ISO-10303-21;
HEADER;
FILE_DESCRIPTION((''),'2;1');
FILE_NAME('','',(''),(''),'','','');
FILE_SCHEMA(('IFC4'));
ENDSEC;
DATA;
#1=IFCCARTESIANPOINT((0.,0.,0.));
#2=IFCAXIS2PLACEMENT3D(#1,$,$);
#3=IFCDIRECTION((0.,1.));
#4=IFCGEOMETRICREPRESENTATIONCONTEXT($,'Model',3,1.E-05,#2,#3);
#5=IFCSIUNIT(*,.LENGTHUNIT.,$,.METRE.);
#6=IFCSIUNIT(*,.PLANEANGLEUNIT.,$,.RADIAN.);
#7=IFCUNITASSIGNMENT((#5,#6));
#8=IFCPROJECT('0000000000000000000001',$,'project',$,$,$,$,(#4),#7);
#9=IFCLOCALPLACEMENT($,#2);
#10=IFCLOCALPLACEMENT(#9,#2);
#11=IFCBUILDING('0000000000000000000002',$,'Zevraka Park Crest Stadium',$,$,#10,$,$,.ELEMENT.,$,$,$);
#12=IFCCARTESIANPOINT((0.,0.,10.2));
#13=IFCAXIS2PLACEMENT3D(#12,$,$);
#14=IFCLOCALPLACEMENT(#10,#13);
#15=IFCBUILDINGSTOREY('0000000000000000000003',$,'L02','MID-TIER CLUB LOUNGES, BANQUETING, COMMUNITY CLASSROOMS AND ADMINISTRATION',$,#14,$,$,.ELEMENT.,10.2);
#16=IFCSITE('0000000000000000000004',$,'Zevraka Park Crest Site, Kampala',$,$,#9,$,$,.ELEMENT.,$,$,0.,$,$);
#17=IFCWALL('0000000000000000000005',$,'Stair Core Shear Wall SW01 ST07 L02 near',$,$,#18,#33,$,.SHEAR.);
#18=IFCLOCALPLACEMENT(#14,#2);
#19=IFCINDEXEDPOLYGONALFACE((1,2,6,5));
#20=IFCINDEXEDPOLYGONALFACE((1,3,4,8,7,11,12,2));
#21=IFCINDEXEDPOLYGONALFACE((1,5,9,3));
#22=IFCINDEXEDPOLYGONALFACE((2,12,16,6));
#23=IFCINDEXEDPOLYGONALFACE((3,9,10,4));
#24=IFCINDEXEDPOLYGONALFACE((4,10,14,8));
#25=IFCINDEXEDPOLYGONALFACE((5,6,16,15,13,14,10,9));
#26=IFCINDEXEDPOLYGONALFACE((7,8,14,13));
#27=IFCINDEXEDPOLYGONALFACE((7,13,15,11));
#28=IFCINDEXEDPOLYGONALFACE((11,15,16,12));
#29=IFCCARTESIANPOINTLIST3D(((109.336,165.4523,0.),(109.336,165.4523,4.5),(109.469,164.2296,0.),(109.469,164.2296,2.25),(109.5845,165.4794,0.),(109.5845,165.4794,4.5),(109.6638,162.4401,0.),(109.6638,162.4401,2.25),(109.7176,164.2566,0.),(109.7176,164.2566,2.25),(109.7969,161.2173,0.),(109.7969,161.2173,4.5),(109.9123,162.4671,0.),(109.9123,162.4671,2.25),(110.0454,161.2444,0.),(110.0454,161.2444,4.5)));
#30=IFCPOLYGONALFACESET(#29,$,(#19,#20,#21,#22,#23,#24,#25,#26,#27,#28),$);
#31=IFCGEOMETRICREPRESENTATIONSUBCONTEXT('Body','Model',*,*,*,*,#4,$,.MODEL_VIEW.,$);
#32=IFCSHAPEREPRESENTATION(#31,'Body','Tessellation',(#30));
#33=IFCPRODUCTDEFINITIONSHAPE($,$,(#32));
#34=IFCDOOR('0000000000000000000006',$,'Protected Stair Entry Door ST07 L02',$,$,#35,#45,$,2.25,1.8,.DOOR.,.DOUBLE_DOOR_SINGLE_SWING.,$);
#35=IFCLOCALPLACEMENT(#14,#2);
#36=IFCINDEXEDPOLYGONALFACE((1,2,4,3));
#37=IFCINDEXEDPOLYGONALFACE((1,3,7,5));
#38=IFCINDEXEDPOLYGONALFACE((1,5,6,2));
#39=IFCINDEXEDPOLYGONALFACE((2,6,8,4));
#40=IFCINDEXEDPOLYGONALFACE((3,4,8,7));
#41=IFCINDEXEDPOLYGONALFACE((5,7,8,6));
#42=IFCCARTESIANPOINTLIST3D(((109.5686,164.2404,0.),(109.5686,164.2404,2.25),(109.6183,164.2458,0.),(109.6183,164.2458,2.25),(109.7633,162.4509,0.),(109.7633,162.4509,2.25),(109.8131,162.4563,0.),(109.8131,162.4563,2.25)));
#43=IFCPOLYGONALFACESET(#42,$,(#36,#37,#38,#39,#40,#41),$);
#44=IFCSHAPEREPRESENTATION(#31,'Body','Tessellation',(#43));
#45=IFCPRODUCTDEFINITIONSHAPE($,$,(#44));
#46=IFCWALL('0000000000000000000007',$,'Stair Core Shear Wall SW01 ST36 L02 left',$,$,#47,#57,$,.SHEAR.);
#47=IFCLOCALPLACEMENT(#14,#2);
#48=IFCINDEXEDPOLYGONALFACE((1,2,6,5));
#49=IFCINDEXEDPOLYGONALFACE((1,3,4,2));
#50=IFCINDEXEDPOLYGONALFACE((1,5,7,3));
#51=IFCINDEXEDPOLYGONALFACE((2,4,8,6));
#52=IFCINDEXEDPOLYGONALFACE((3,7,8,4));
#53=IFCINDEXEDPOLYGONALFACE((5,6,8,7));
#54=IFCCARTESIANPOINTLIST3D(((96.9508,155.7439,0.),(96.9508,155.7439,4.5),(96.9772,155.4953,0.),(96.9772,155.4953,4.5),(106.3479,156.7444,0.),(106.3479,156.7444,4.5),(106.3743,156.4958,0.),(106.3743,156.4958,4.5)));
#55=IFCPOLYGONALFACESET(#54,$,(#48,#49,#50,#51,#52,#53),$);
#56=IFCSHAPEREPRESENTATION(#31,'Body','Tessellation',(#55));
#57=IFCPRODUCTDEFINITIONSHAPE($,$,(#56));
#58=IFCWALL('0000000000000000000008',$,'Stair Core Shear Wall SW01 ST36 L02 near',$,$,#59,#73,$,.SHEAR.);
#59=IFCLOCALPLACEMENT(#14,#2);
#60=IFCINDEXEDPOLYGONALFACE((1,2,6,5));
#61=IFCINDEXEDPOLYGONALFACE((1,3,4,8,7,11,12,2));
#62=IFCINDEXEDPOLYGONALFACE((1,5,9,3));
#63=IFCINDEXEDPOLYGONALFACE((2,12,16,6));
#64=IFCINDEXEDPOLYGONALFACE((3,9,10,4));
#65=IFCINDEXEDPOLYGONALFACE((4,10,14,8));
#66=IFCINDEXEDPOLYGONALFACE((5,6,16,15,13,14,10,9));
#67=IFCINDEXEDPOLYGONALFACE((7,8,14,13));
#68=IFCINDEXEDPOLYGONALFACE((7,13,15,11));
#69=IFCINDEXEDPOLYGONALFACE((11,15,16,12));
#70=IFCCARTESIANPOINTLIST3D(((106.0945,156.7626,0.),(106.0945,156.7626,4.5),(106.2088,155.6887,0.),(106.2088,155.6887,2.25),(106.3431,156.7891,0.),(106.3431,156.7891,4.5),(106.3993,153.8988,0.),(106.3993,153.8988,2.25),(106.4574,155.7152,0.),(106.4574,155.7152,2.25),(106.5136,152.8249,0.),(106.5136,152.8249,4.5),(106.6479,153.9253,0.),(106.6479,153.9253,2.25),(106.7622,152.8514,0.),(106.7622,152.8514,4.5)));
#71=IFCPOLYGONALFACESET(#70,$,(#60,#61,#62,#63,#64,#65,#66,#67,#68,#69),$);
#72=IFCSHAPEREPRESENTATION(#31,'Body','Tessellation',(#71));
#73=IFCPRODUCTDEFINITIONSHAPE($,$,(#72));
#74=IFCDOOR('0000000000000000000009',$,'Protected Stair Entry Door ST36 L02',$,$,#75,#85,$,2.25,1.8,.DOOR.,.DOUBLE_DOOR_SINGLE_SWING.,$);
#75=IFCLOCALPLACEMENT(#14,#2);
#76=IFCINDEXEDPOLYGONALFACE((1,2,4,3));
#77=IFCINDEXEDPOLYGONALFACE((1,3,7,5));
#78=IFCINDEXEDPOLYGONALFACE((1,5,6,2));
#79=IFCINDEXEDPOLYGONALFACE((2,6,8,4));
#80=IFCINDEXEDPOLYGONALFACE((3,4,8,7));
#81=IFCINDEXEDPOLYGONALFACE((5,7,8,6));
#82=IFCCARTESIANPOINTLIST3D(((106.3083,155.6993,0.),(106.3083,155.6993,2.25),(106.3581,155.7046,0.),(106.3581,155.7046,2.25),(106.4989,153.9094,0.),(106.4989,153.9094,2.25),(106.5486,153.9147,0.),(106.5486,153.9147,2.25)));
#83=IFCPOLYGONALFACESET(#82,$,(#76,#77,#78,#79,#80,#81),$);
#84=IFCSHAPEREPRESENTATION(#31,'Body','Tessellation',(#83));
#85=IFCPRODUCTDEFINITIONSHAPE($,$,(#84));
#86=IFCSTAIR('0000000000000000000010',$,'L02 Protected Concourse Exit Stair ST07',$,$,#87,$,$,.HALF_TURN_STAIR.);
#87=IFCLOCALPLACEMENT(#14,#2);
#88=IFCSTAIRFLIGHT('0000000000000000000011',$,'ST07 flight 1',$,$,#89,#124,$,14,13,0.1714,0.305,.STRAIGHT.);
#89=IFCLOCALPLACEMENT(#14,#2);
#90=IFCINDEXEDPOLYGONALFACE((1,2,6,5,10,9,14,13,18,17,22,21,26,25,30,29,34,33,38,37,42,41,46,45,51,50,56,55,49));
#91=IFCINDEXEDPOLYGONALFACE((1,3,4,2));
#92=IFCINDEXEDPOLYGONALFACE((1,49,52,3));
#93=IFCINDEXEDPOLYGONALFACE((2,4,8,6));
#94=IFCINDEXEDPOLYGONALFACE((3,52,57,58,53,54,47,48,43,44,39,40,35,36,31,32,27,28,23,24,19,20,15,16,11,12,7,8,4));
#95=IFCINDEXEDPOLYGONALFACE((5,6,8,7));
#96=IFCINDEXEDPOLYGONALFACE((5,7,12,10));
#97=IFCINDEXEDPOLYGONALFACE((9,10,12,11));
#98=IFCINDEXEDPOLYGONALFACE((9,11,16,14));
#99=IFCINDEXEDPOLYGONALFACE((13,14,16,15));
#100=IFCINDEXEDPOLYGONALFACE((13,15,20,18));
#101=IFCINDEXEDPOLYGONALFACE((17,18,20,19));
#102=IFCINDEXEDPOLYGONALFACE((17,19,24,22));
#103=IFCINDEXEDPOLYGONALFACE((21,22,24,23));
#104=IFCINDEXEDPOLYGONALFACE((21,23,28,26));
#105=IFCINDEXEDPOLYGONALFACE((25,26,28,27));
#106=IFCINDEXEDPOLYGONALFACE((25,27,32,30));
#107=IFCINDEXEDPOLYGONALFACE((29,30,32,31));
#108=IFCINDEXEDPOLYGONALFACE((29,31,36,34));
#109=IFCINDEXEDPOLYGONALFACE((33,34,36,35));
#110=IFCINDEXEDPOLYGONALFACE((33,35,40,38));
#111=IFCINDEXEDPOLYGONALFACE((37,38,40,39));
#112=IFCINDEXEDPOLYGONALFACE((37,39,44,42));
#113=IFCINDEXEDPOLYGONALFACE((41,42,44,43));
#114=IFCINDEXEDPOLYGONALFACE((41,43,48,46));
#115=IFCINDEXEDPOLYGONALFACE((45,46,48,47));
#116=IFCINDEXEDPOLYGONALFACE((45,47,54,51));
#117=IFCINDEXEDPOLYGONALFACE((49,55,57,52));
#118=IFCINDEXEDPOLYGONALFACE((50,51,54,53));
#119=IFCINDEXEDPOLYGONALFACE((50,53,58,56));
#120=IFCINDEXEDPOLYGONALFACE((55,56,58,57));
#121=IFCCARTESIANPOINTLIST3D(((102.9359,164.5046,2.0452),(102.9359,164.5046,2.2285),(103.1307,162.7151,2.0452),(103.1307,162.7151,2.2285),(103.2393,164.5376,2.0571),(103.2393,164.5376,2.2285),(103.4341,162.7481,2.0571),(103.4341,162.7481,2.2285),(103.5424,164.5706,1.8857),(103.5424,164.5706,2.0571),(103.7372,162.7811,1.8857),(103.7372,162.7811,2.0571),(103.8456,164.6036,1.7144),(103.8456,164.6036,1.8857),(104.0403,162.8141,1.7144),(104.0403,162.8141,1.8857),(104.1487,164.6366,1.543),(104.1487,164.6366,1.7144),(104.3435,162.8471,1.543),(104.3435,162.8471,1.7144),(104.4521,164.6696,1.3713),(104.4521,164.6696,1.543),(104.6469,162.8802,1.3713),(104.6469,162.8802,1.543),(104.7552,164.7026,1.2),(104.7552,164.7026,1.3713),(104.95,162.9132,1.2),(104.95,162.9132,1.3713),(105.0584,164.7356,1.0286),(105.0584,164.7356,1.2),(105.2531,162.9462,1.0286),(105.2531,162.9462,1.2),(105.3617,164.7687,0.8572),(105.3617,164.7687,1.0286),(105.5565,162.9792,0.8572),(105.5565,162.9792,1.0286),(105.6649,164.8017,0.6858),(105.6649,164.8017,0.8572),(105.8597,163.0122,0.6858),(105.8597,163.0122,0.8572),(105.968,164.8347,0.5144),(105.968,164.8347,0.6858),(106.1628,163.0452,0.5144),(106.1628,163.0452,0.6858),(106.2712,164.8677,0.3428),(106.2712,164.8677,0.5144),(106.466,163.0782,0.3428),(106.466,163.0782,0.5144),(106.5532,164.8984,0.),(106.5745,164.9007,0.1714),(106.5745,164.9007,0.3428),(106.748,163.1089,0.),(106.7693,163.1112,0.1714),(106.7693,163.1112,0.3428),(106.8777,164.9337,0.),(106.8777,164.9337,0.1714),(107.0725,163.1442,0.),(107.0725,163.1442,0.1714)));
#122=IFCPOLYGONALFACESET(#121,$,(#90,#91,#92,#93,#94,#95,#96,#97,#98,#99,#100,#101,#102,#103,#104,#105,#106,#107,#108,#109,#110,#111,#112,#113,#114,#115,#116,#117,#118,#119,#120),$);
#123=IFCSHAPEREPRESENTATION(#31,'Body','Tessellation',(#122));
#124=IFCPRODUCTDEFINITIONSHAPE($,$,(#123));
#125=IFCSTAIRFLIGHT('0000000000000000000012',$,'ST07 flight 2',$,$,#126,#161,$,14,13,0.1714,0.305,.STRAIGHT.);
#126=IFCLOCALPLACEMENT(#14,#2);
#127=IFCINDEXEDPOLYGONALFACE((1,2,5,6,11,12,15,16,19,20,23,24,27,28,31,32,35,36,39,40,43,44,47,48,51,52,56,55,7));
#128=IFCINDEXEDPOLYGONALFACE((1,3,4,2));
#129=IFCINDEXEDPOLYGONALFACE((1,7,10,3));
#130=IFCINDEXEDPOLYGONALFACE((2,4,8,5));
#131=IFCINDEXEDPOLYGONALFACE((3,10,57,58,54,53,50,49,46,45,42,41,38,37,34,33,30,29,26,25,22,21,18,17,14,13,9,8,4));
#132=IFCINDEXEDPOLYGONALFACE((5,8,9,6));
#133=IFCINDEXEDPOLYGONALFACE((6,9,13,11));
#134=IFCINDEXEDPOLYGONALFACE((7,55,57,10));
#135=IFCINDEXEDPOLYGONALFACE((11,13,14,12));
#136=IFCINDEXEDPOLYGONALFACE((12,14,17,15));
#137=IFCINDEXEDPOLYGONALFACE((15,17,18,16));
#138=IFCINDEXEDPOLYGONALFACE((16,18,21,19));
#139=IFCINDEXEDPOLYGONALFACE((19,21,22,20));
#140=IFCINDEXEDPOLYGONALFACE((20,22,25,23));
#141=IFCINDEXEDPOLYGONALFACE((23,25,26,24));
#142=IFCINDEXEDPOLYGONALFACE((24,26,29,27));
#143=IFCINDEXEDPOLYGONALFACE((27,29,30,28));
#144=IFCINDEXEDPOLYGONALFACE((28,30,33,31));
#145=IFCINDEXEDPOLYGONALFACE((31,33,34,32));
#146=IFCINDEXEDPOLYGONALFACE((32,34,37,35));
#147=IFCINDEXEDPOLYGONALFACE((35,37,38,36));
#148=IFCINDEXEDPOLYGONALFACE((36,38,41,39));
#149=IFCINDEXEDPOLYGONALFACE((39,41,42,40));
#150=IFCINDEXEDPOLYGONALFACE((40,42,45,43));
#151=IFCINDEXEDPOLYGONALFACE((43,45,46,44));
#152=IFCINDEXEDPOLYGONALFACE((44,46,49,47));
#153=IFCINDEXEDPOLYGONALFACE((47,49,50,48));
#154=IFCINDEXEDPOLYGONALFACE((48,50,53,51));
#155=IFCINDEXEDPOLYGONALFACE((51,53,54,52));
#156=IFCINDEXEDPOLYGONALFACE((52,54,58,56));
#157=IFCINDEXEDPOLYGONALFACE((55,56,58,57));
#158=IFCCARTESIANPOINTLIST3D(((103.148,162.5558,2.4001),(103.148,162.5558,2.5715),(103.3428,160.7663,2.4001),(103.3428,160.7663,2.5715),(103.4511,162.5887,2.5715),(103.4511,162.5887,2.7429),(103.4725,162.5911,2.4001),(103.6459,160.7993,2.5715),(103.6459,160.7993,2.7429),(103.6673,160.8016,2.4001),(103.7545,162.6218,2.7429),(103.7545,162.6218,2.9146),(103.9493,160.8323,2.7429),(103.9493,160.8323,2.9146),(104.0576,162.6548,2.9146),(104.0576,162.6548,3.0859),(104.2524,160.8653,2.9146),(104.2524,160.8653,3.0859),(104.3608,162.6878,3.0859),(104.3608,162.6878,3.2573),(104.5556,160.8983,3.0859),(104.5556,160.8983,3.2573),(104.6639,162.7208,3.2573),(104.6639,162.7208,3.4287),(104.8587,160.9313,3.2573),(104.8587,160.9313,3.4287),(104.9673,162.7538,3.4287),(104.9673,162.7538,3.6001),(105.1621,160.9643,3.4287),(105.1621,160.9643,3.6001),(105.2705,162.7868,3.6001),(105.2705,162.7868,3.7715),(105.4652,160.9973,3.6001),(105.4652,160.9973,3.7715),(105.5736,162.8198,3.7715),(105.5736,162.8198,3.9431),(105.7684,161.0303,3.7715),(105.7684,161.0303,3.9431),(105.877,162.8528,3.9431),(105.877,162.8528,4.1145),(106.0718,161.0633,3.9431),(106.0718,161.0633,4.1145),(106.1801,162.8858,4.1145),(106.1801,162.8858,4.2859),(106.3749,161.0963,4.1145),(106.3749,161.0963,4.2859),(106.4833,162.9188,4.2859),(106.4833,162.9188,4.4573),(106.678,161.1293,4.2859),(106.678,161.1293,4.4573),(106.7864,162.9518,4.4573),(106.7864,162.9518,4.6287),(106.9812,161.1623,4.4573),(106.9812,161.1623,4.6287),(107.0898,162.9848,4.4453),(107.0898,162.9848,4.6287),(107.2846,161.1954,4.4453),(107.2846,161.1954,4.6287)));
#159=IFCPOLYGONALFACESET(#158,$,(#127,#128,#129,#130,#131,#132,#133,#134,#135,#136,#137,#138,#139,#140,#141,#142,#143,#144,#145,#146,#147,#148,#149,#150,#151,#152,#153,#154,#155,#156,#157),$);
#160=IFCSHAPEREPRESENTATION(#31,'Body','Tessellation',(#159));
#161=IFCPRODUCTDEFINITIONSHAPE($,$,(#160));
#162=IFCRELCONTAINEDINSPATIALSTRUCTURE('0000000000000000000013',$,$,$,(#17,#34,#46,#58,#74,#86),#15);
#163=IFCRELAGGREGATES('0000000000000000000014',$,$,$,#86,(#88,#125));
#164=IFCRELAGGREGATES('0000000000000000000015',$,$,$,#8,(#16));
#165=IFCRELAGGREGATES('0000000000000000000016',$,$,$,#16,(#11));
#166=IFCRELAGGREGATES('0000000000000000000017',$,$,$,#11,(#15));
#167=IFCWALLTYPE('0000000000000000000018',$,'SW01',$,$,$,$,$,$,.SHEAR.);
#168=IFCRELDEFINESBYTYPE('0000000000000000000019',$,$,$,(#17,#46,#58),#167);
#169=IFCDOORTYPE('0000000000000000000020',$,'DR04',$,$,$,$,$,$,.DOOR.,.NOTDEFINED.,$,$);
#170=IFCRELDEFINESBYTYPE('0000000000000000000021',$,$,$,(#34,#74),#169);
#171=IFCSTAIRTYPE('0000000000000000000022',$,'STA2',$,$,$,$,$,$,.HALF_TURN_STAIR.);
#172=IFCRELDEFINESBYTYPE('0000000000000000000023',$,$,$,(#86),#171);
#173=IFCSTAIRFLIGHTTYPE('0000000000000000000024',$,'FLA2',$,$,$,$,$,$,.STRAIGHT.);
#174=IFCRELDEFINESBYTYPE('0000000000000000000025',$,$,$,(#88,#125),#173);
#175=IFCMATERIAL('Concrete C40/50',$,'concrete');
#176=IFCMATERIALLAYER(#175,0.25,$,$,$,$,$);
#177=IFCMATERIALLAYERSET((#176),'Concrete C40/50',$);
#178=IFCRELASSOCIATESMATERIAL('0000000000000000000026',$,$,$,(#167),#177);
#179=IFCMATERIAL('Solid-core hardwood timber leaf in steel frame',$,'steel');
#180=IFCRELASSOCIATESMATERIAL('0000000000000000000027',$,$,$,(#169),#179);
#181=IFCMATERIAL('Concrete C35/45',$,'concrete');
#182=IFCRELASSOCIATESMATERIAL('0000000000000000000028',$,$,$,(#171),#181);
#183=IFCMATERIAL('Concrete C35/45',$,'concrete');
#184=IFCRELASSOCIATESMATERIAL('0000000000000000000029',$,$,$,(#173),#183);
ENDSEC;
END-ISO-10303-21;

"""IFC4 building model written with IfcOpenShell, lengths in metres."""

from ifc_helpers import new_model, si_unit, direction, frame, frame_2d, origin, place, context, subcontext, project, spatial, polyline, rectangle, outline, extrude, material, layer, layer_set, type_object, element, fill, aggregate, save


model = new_model("IFC4")

# Units and contexts
model_context = context("Model", 3, precision=1e-05, world=origin(), true_north=direction((0.0, 1.0)))
body_context = subcontext(model_context, "Body", "Model", "MODEL_VIEW")
ifc_project = project(units=[si_unit("LENGTHUNIT", "METRE"), si_unit("PLANEANGLEUNIT", "RADIAN")], contexts=[model_context])

# Site, building, storey
site_placement = place(None, origin())
site = spatial("IfcSite", under=ifc_project, at=site_placement, Name="Zevraka Park Crest Site, Kampala", CompositionType="ELEMENT", RefElevation=0.0)
building_placement = place(site_placement, origin())
building = spatial("IfcBuilding", under=site, at=building_placement, Name="Zevraka Park Crest Stadium", CompositionType="ELEMENT")
storey_placement = place(building_placement, frame((0.0, 0.0, 10.2)))
storey = spatial("IfcBuildingStorey", under=building, at=storey_placement, Name="L02", Description="MID-TIER CLUB LOUNGES, BANQUETING, COMMUNITY CLASSROOMS AND ADMINISTRATION", CompositionType="ELEMENT", Elevation=10.2)

# Wall, opening, door
ifc_material_1 = material(Name="Concrete C40/50", Category="concrete")
ifc_layer = layer(ifc_material_1, 0.25)
ifc_layer_set = layer_set([ifc_layer], Name="Concrete C40/50")
wall_type = type_object("IfcWallType", Name="SW01", PredefinedType="SHEAR", material=ifc_layer_set)
wall_1_placement = place(storey_placement, frame((109.9211, 161.231, 0.0), z_axis=(0.0, 0.0, 1.0), x_axis=(-0.108198, 0.994129, 0.0)))
wall_1 = element("IfcWall", 1, at=wall_1_placement, inside=storey, type_object=wall_type, Name="Stair Core Shear Wall SW01 ST07 L02 near", PredefinedType="SHEAR", context=body_context, shape_type="SweptSolid", body=[
    extrude(rectangle(XDim=4.26, YDim=0.25, at=frame_2d((2.1299, 0.0))), origin(), (0.0, 0.0, 1.0), 4.5),
])
opening_1_placement = place(wall_1_placement, frame((1.23, 0.0, 0.0)))
opening_1 = element("IfcOpeningElement", 2, at=opening_1_placement, cuts=wall_1, PredefinedType="OPENING", context=body_context, shape_type="SweptSolid", body=[
    extrude(rectangle(XDim=1.8, YDim=2.25, at=frame_2d((0.8999, 1.125))), frame((0.0, 0.135, 0.0), z_axis=(0.0, -1.0, 0.0), x_axis=(1.0, 0.0, 0.0)), (0.0, 0.0, 1.0), 0.27),
])
ifc_material_2 = material(Name="Solid-core hardwood timber leaf in steel frame", Category="steel")
door_type = type_object("IfcDoorType", Name="DR04", OperationType="NOTDEFINED", PredefinedType="DOOR", material=ifc_material_2)
door_1_placement = place(opening_1_placement, origin())
door_1 = element("IfcDoor", 3, at=door_1_placement, inside=storey, type_object=door_type, Name="Protected Stair Entry Door ST07 L02", OperationType="DOUBLE_DOOR_SINGLE_SWING", OverallHeight=2.25, OverallWidth=1.8, PredefinedType="DOOR", context=body_context, shape_type="SweptSolid", body=[
    extrude(rectangle(XDim=1.8, YDim=2.25, at=frame_2d((0.8999, 1.125))), frame((0.0, 0.0249, 0.0), z_axis=(0.0, -1.0, 0.0), x_axis=(1.0, 0.0, 0.0)), (0.0, 0.0, 1.0), 0.05),
])
fill(opening_1, door_1)

# Wall
wall_2_placement = place(storey_placement, frame((106.3611, 156.6201, 0.0), z_axis=(0.0, 0.0, 1.0), x_axis=(-0.99438, -0.105871, 0.0)))
element("IfcWall", 4, at=wall_2_placement, inside=storey, type_object=wall_type, Name="Stair Core Shear Wall SW01 ST36 L02 left", PredefinedType="SHEAR", context=body_context, shape_type="SweptSolid", body=[
    extrude(rectangle(XDim=9.4502, YDim=0.25, at=frame_2d((4.7251, 0.0))), origin(), (0.0, 0.0, 1.0), 4.5),
])

# Wall, opening, door
wall_3_placement = place(storey_placement, frame((106.6379, 152.8381, 0.0), z_axis=(0.0, 0.0, 1.0), x_axis=(-0.105856, 0.994381, 0.0)))
wall_3 = element("IfcWall", 5, at=wall_3_placement, inside=storey, type_object=wall_type, Name="Stair Core Shear Wall SW01 ST36 L02 near", PredefinedType="SHEAR", context=body_context, shape_type="SweptSolid", body=[
    extrude(rectangle(XDim=3.96, YDim=0.25, at=frame_2d((1.98, 0.0))), origin(), (0.0, 0.0, 1.0), 4.5),
])
opening_2_placement = place(wall_3_placement, frame((1.0801, 0.0, 0.0)))
opening_2 = element("IfcOpeningElement", 6, at=opening_2_placement, cuts=wall_3, PredefinedType="OPENING", context=body_context, shape_type="SweptSolid", body=[
    extrude(rectangle(XDim=1.8, YDim=2.25, at=frame_2d((0.8999, 1.125))), frame((0.0, 0.135, 0.0), z_axis=(0.0, -1.0, 0.0), x_axis=(1.0, 0.0, 0.0)), (0.0, 0.0, 1.0), 0.27),
])
door_2_placement = place(opening_2_placement, origin())
door_2 = element("IfcDoor", 7, at=door_2_placement, inside=storey, type_object=door_type, Name="Protected Stair Entry Door ST36 L02", OperationType="DOUBLE_DOOR_SINGLE_SWING", OverallHeight=2.25, OverallWidth=1.8, PredefinedType="DOOR", context=body_context, shape_type="SweptSolid", body=[
    extrude(rectangle(XDim=1.8, YDim=2.25, at=frame_2d((0.8999, 1.125))), frame((0.0, 0.0249, 0.0), z_axis=(0.0, -1.0, 0.0), x_axis=(1.0, 0.0, 0.0)), (0.0, 0.0, 1.0), 0.05),
])
fill(opening_2, door_2)

# Stair, stair flights
ifc_material_3 = material(Name="Concrete C35/45", Category="concrete")
stair_type = type_object("IfcStairType", Name="STA2", PredefinedType="HALF_TURN_STAIR", material=ifc_material_3)
stair_placement = place(storey_placement, origin())
stair = element("IfcStair", 8, at=stair_placement, inside=storey, type_object=stair_type, Name="L02 Protected Concourse Exit Stair ST07", PredefinedType="HALF_TURN_STAIR")
ifc_material_4 = material(Name="Concrete C35/45", Category="concrete")
stair_flight_type = type_object("IfcStairFlightType", Name="FLA2", PredefinedType="STRAIGHT", material=ifc_material_4)
stair_flight_1_placement = place(storey_placement, frame((106.9751, 164.0388, 0.0), z_axis=(0.0, 0.0, 1.0), x_axis=(-0.994128, -0.108215, 0.0)))
stair_flight_1 = element("IfcStairFlight", 9, at=stair_flight_1_placement, type_object=stair_flight_type, Name="ST07 flight 1", NumberOfRisers=14, NumberOfTreads=13, PredefinedType="STRAIGHT", RiserHeight=0.1714, TreadLength=0.305, context=body_context, shape_type="SweptSolid", body=[
    extrude(outline(polyline([(0.0, 0.0), (0.0, 0.1714), (0.3049, 0.1714), (0.3049, 0.3428), (0.6101, 0.3428), (0.6101, 0.5144), (0.915, 0.5144), (0.915, 0.6858), (1.22, 0.6858), (1.22, 0.8572), (1.5249, 0.8572), (1.5249, 1.0286), (1.8301, 1.0286), (1.8301, 1.2), (2.135, 1.2), (2.135, 1.3713), (2.4399, 1.3713), (2.4399, 1.543), (2.7451, 1.543), (2.7451, 1.7144), (3.05, 1.7144), (3.05, 1.8857), (3.355, 1.8857), (3.355, 2.0571), (3.6599, 2.0571), (3.6599, 2.2285), (3.9651, 2.2285), (3.9651, 2.3999), (3.9651, 2.0452), (0.3264, 0.0), (0.0, 0.0)])), frame((0.0, 0.8999, 0.0), z_axis=(0.0, -1.0, 0.0), x_axis=(1.0, 0.0, 0.0)), (0.0, 0.0, 1.0), 1.8),
])
stair_flight_2_placement = place(storey_placement, frame((103.2454, 161.6611, 2.4001), z_axis=(0.0, 0.0, 1.0), x_axis=(0.994128, 0.108215, 0.0)))
stair_flight_2 = element("IfcStairFlight", 10, at=stair_flight_2_placement, type_object=stair_flight_type, Name="ST07 flight 2", NumberOfRisers=14, NumberOfTreads=13, PredefinedType="STRAIGHT", RiserHeight=0.1714, TreadLength=0.305, context=body_context, shape_type="SweptSolid", body=[
    extrude(outline(polyline([(0.0, 0.0), (0.0, 0.1714), (0.3049, 0.1714), (0.3049, 0.3428), (0.6101, 0.3428), (0.6101, 0.5144), (0.915, 0.5144), (0.915, 0.6858), (1.22, 0.6858), (1.22, 0.8572), (1.5249, 0.8572), (1.5249, 1.0286), (1.8301, 1.0286), (1.8301, 1.2), (2.135, 1.2), (2.135, 1.3713), (2.4399, 1.3713), (2.4399, 1.543), (2.7451, 1.543), (2.7451, 1.7144), (3.05, 1.7144), (3.05, 1.8857), (3.355, 1.8857), (3.355, 2.0571), (3.6599, 2.0571), (3.6599, 2.2285), (3.9651, 2.2285), (3.9651, 2.3999), (3.9651, 2.0452), (0.3264, 0.0), (0.0, 0.0)])), frame((0.0, 0.8999, 0.0), z_axis=(0.0, -1.0, 0.0), x_axis=(1.0, 0.0, 0.0)), (0.0, 0.0, 1.0), 1.8),
])
aggregate(stair, [stair_flight_1, stair_flight_2])

save(model, "model.ifc")
